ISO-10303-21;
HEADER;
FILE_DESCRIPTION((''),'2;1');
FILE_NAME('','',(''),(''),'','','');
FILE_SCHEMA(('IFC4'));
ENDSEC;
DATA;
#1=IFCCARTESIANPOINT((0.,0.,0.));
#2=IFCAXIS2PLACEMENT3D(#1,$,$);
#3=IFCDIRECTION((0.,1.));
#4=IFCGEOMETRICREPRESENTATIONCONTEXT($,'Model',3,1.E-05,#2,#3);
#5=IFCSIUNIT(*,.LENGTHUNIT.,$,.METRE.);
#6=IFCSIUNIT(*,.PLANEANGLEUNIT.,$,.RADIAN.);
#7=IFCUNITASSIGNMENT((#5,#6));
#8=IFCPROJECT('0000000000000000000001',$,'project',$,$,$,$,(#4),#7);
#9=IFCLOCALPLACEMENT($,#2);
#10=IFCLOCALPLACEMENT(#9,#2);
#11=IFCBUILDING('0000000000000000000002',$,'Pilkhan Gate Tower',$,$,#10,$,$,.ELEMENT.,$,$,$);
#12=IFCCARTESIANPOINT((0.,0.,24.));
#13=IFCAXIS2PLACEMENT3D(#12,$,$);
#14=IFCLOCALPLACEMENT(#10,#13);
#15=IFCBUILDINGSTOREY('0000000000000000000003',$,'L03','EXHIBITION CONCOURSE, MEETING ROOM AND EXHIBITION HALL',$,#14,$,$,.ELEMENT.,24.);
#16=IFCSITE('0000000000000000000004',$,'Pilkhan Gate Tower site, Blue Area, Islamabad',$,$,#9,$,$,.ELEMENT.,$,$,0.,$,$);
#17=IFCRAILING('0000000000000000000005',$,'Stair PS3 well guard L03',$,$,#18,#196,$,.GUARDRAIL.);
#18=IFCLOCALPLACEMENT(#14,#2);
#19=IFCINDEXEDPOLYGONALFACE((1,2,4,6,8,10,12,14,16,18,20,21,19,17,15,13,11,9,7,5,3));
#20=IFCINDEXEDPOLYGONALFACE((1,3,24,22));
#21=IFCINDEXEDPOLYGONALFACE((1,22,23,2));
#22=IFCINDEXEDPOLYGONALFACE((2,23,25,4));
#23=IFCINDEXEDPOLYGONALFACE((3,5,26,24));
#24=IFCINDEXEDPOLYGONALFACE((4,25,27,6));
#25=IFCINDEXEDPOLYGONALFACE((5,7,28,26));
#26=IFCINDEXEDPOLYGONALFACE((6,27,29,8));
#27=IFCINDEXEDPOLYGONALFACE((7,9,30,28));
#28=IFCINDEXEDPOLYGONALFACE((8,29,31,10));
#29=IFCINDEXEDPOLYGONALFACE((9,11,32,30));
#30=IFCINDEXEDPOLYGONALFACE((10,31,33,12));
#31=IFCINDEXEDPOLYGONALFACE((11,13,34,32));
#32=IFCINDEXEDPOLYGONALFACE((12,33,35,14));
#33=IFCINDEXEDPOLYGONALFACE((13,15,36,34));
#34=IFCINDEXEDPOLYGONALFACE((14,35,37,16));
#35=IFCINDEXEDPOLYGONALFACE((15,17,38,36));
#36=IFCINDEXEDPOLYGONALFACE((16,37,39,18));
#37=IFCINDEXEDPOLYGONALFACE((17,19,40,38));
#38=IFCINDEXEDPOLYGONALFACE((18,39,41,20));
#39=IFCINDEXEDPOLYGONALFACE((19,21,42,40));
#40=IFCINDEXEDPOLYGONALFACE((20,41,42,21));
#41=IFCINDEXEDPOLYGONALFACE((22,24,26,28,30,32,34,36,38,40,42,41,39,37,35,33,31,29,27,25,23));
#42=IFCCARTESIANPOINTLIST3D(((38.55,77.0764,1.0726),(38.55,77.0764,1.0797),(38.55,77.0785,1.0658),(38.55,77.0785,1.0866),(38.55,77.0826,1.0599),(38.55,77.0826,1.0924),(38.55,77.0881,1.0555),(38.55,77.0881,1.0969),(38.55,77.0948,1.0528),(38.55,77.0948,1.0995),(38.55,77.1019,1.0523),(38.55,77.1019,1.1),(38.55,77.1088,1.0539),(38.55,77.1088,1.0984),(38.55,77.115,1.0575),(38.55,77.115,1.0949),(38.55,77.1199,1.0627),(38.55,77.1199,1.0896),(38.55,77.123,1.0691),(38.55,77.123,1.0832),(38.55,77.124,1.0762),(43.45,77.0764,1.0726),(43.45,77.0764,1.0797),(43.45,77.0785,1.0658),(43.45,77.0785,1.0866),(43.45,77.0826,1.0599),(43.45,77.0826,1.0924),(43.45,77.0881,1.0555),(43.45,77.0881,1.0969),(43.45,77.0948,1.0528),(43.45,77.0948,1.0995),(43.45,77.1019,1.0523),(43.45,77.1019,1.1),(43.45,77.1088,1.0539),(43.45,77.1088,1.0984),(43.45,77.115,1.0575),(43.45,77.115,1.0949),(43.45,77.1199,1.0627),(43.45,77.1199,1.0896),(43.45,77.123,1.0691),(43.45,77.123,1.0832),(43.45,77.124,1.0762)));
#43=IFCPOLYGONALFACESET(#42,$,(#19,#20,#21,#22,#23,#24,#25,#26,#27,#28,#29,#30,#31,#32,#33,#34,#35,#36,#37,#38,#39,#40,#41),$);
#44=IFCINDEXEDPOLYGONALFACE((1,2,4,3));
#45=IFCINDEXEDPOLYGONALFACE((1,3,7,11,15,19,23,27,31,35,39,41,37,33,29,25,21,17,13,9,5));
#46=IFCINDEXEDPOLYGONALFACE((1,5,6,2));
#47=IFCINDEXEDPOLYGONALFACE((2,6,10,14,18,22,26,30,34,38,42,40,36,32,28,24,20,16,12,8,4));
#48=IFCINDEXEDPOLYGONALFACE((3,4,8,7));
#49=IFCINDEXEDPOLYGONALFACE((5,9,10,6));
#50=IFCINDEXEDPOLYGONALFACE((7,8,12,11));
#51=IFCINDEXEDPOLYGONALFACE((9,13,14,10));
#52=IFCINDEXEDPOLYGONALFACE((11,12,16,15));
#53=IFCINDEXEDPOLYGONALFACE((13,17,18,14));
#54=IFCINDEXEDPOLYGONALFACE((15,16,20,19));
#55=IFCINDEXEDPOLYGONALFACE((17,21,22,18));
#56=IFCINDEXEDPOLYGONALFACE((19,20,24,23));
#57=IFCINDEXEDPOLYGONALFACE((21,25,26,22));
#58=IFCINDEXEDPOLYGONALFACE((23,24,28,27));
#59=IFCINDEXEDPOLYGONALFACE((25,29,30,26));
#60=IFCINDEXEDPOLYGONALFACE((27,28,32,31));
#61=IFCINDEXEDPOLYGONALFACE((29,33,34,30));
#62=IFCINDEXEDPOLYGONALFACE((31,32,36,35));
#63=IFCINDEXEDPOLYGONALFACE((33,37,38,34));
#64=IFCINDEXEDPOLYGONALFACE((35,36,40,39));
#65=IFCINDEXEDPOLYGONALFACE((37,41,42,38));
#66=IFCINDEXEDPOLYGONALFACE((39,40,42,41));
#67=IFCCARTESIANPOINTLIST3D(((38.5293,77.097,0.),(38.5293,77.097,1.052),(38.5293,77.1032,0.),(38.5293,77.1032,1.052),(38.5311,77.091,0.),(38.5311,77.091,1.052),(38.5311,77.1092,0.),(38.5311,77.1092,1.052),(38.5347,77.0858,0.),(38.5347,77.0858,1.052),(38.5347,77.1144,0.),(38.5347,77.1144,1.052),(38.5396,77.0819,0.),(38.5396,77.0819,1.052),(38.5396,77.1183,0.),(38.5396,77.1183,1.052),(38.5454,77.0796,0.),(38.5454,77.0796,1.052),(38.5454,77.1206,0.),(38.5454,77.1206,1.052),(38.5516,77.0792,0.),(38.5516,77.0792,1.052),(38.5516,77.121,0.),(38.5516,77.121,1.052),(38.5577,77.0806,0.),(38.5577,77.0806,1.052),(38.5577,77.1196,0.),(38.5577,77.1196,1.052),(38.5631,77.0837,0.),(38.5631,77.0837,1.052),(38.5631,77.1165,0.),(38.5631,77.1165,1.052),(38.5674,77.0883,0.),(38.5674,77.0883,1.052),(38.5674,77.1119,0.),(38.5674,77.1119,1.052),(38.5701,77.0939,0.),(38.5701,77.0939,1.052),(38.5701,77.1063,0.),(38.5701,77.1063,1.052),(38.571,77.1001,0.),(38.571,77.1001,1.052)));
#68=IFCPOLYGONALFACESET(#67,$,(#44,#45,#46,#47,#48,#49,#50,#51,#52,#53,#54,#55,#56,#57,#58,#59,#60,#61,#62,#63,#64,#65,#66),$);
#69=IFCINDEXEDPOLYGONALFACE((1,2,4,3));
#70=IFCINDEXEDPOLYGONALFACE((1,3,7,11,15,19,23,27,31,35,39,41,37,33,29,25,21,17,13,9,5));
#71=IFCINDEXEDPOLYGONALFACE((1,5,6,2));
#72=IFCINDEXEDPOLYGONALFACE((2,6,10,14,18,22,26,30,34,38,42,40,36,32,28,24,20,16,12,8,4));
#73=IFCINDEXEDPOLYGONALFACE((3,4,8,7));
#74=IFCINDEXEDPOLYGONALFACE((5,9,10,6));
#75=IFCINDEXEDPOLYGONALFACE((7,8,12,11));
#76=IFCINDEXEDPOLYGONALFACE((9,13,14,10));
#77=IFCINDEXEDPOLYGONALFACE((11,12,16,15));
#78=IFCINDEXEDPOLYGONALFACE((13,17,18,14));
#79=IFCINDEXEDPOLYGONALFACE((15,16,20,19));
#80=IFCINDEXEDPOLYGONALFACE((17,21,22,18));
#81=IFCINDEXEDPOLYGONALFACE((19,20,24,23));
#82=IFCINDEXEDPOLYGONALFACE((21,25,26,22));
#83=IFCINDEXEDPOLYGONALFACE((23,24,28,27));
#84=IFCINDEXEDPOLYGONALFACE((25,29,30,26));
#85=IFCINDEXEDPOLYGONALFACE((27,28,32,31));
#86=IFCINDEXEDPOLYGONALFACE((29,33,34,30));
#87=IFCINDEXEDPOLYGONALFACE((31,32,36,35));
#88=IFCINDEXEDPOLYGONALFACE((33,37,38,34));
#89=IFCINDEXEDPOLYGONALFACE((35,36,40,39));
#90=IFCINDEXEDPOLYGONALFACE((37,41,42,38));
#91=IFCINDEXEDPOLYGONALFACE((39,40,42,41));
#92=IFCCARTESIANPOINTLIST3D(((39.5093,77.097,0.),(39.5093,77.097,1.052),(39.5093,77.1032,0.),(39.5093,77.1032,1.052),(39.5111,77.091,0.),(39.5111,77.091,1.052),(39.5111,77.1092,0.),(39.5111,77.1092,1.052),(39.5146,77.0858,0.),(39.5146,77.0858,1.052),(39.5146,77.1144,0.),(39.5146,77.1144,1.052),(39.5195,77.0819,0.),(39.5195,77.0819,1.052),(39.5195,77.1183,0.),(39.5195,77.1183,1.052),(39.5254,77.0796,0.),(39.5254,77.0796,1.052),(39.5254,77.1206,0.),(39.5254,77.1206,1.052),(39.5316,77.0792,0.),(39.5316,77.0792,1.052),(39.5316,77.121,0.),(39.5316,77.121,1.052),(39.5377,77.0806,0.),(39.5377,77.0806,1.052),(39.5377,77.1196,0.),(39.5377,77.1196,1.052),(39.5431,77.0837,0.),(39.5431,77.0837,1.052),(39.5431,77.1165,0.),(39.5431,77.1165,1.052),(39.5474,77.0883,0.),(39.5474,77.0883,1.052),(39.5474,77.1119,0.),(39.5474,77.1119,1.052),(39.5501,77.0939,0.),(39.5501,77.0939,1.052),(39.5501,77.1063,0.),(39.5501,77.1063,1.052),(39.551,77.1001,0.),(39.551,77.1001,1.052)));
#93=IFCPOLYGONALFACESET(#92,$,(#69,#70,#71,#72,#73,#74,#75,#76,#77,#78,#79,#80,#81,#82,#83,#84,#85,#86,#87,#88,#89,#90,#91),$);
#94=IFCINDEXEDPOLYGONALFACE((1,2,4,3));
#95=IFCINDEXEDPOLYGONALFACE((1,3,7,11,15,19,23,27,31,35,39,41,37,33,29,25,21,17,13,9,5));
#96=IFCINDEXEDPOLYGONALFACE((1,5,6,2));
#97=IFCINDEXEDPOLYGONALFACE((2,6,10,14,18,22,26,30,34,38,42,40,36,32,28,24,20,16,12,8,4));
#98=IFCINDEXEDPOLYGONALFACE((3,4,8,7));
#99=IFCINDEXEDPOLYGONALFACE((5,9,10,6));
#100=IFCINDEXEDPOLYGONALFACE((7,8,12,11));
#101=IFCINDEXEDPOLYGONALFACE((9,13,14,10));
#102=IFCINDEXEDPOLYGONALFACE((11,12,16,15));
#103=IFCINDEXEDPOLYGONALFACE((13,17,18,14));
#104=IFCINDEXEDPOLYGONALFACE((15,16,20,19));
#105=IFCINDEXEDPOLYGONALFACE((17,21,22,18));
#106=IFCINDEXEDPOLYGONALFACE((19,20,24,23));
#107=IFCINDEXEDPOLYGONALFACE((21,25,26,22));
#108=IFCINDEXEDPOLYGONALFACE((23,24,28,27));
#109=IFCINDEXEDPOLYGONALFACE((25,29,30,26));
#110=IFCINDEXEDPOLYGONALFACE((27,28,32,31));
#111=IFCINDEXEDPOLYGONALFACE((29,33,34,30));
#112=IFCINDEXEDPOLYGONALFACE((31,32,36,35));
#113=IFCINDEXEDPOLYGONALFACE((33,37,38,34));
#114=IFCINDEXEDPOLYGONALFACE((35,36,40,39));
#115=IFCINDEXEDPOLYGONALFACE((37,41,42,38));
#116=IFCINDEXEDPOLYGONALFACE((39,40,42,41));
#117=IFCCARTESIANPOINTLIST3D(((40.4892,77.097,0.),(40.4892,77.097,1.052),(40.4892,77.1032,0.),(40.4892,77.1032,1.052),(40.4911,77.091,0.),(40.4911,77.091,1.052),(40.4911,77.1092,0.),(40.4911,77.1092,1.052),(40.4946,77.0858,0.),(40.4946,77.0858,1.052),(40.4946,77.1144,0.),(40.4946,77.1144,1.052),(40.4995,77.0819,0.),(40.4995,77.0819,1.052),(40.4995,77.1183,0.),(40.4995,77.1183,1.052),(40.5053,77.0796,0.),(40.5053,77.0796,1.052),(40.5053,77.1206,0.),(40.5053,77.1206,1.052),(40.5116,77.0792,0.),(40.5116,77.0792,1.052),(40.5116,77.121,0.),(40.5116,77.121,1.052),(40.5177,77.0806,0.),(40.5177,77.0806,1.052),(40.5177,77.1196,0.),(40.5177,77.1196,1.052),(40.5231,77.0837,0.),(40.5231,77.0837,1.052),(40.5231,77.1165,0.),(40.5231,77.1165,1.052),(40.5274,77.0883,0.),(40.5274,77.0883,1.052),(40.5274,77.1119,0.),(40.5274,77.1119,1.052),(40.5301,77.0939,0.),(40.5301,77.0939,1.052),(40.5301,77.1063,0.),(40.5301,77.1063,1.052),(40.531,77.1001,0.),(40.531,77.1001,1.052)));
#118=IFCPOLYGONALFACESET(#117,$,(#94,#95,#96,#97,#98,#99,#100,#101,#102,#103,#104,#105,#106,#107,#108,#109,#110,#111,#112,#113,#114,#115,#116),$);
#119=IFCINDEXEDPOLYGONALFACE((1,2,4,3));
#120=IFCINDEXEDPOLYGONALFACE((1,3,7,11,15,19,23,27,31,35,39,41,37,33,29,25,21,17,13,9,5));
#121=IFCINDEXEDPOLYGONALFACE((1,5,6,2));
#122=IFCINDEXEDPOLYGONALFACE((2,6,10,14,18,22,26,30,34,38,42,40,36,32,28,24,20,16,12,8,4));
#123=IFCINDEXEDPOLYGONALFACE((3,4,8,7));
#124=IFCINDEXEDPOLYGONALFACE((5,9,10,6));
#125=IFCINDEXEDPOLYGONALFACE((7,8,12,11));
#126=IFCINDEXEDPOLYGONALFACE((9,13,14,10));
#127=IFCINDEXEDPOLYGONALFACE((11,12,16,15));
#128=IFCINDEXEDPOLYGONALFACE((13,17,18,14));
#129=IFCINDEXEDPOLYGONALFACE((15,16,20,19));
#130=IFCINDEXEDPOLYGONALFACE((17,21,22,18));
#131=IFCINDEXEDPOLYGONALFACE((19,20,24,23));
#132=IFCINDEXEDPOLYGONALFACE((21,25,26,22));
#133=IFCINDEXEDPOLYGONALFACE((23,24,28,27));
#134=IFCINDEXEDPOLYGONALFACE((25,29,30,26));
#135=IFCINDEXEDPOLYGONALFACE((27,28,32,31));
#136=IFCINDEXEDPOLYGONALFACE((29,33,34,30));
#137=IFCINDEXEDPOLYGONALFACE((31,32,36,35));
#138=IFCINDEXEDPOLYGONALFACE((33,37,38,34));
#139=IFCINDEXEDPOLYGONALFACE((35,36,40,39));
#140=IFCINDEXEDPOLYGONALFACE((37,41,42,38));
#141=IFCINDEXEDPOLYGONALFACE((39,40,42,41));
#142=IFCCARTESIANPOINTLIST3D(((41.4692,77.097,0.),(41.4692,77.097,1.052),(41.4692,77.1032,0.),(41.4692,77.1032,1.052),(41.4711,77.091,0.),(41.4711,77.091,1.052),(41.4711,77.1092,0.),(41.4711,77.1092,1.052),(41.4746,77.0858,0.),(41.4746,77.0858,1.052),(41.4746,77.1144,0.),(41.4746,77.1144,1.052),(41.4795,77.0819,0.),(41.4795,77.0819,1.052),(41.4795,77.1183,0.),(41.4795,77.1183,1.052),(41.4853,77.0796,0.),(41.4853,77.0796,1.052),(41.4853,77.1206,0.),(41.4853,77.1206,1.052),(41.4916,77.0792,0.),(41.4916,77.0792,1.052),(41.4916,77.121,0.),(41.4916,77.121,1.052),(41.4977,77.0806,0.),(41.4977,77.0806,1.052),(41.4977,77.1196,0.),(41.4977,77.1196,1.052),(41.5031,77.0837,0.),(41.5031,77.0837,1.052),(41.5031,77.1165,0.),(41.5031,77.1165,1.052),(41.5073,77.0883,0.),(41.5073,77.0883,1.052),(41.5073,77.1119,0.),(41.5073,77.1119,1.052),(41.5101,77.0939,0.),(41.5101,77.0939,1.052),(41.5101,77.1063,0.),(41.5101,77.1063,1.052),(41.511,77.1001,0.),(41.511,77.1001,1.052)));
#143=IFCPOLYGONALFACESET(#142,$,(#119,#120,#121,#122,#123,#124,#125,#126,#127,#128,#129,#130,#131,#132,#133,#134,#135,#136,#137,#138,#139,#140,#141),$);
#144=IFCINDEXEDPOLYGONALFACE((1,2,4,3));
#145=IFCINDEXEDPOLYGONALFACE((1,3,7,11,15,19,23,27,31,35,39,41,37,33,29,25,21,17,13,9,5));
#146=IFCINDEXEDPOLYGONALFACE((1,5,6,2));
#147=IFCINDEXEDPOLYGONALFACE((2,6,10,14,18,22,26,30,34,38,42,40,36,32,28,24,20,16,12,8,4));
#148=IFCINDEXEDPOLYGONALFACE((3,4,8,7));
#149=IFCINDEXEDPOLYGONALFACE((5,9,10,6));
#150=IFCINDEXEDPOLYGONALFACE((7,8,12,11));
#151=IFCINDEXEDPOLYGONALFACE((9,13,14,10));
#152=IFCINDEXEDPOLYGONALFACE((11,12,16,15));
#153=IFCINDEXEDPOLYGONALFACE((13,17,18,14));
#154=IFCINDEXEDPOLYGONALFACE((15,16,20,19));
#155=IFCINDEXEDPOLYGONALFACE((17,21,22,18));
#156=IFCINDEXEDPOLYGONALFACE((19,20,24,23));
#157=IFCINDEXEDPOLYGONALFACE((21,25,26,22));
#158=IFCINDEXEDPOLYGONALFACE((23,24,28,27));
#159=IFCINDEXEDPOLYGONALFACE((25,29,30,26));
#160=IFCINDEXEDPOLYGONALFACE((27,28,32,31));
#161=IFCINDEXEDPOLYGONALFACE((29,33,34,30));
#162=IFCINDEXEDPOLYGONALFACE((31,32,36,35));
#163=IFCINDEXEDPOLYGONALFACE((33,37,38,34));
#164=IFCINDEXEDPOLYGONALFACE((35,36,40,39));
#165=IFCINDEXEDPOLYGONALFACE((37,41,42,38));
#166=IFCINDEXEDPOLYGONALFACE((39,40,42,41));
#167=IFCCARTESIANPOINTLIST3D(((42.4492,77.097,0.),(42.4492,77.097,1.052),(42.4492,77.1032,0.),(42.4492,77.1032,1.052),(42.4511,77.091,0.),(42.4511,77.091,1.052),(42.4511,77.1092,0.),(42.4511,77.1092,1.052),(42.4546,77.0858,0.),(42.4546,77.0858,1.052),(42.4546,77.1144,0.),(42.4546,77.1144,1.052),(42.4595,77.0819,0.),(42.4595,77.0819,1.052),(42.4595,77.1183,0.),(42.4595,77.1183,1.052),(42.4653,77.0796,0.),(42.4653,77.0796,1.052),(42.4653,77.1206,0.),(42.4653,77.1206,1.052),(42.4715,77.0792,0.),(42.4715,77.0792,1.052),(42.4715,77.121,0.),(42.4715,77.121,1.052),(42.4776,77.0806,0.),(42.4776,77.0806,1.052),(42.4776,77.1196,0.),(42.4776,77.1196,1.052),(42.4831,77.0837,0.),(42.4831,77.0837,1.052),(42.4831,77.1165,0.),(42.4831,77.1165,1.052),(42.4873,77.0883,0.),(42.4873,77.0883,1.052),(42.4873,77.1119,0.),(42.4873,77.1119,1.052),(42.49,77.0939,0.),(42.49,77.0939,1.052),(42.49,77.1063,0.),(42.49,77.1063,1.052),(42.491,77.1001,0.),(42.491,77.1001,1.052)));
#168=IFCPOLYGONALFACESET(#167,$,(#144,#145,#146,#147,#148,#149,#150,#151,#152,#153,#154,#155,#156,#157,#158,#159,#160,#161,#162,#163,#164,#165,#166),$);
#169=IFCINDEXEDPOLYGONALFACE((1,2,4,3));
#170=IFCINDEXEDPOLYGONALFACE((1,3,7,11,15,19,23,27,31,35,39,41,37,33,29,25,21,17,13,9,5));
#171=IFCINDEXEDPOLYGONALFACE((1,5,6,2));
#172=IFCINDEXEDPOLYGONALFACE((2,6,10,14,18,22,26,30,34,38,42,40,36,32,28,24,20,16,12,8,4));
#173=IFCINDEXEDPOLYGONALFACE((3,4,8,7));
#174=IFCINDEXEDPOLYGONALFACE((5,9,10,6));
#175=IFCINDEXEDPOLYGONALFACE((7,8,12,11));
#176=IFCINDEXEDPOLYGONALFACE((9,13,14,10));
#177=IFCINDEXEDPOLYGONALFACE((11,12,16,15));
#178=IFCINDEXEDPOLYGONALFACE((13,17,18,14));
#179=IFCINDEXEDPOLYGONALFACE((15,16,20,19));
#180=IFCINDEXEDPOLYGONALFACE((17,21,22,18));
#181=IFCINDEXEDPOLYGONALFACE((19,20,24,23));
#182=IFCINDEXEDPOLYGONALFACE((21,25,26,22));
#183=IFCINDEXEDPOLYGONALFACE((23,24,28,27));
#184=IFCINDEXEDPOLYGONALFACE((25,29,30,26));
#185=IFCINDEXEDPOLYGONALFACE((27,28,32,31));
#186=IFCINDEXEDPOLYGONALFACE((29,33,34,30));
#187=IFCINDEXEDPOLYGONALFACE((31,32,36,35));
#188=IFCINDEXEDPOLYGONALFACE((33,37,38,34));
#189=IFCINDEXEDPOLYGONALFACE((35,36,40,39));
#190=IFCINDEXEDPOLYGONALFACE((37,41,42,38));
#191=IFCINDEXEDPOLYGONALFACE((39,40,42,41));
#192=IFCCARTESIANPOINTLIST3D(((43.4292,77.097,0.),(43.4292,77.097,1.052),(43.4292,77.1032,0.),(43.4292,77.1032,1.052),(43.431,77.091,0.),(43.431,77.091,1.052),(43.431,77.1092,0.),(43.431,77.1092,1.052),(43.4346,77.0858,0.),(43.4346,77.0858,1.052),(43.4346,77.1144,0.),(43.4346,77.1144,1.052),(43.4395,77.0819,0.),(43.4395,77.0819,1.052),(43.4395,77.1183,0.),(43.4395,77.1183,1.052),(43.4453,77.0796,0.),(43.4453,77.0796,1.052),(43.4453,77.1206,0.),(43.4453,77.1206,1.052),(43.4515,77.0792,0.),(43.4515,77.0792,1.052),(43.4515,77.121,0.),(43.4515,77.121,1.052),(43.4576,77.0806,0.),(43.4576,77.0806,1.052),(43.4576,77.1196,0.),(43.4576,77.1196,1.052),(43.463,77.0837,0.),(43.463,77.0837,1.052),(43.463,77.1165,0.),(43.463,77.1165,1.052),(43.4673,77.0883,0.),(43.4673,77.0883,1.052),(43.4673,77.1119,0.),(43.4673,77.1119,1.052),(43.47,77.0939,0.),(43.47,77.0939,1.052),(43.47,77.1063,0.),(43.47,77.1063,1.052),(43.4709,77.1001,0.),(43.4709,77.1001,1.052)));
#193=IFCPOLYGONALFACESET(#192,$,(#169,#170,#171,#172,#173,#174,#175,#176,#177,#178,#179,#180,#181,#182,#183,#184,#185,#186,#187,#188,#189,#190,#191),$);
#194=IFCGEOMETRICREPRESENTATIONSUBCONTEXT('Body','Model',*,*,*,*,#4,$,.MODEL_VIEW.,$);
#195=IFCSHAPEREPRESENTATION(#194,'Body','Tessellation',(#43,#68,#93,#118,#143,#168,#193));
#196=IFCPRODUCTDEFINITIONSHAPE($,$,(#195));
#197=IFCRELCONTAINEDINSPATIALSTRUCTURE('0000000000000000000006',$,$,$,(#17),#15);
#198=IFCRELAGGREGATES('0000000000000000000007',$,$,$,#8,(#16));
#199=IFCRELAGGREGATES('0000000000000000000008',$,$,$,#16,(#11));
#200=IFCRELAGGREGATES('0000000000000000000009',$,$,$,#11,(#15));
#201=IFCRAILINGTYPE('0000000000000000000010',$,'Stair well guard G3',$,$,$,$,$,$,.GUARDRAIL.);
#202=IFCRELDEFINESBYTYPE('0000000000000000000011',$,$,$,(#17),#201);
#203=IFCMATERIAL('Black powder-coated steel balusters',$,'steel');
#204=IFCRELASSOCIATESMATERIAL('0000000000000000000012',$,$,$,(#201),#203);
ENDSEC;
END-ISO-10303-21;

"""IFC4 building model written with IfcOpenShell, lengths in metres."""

from ifc_helpers import new_model, si_unit, direction, frame, origin, origin_2d, place, context, subcontext, project, spatial, circle, extrude, material, type_object, element, save


model = new_model("IFC4")

# Units and contexts
model_context = context("Model", 3, precision=1e-05, world=origin(), true_north=direction((0.0, 1.0)))
body_context = subcontext(model_context, "Body", "Model", "MODEL_VIEW")
ifc_project = project(units=[si_unit("LENGTHUNIT", "METRE"), si_unit("PLANEANGLEUNIT", "RADIAN")], contexts=[model_context])

# Site, building, storey
site_placement = place(None, origin())
site = spatial("IfcSite", under=ifc_project, at=site_placement, Name="Pilkhan Gate Tower site, Blue Area, Islamabad", CompositionType="ELEMENT", RefElevation=0.0)
building_placement = place(site_placement, origin())
building = spatial("IfcBuilding", under=site, at=building_placement, Name="Pilkhan Gate Tower", CompositionType="ELEMENT")
storey_placement = place(building_placement, frame((0.0, 0.0, 24.0)))
storey = spatial("IfcBuildingStorey", under=building, at=storey_placement, Name="L03", Description="EXHIBITION CONCOURSE, MEETING ROOM AND EXHIBITION HALL", CompositionType="ELEMENT", Elevation=24.0)

# Railing
ifc_material_1 = material(Name="Black powder-coated steel balusters", Category="steel")
railing_type = type_object("IfcRailingType", Name="Stair well guard G3", PredefinedType="GUARDRAIL", material=ifc_material_1)
railing_1_placement = place(storey_placement, frame((38.55, 77.1001, 0.0)))
element("IfcRailing", 1, at=railing_1_placement, inside=storey, type_object=railing_type, Name="Stair PS3 well guard L03", PredefinedType="GUARDRAIL", context=body_context, shape_type="SweptSolid", body=[
    extrude(circle(Radius=0.0239, at=origin_2d()), frame((0.0, 0.0, 1.0762), z_axis=(1.0, 0.0, 0.0), x_axis=(0.0, 1.0, 0.0)), (0.0, 0.0, 1.0), 4.8999),
    extrude(circle(Radius=0.021, at=origin_2d()), origin(), (0.0, 0.0, 1.0), 1.052),
    extrude(circle(Radius=0.021, at=origin_2d()), frame((0.98, 0.0, 0.0)), (0.0, 0.0, 1.0), 1.052),
    extrude(circle(Radius=0.021, at=origin_2d()), frame((1.96, 0.0, 0.0)), (0.0, 0.0, 1.0), 1.052),
    extrude(circle(Radius=0.021, at=origin_2d()), frame((2.9399, 0.0, 0.0)), (0.0, 0.0, 1.0), 1.052),
    extrude(circle(Radius=0.021, at=origin_2d()), frame((3.9199, 0.0, 0.0)), (0.0, 0.0, 1.0), 1.052),
    extrude(circle(Radius=0.021, at=origin_2d()), frame((4.8999, 0.0, 0.0)), (0.0, 0.0, 1.0), 1.052),
])

save(model, "model.ifc")
